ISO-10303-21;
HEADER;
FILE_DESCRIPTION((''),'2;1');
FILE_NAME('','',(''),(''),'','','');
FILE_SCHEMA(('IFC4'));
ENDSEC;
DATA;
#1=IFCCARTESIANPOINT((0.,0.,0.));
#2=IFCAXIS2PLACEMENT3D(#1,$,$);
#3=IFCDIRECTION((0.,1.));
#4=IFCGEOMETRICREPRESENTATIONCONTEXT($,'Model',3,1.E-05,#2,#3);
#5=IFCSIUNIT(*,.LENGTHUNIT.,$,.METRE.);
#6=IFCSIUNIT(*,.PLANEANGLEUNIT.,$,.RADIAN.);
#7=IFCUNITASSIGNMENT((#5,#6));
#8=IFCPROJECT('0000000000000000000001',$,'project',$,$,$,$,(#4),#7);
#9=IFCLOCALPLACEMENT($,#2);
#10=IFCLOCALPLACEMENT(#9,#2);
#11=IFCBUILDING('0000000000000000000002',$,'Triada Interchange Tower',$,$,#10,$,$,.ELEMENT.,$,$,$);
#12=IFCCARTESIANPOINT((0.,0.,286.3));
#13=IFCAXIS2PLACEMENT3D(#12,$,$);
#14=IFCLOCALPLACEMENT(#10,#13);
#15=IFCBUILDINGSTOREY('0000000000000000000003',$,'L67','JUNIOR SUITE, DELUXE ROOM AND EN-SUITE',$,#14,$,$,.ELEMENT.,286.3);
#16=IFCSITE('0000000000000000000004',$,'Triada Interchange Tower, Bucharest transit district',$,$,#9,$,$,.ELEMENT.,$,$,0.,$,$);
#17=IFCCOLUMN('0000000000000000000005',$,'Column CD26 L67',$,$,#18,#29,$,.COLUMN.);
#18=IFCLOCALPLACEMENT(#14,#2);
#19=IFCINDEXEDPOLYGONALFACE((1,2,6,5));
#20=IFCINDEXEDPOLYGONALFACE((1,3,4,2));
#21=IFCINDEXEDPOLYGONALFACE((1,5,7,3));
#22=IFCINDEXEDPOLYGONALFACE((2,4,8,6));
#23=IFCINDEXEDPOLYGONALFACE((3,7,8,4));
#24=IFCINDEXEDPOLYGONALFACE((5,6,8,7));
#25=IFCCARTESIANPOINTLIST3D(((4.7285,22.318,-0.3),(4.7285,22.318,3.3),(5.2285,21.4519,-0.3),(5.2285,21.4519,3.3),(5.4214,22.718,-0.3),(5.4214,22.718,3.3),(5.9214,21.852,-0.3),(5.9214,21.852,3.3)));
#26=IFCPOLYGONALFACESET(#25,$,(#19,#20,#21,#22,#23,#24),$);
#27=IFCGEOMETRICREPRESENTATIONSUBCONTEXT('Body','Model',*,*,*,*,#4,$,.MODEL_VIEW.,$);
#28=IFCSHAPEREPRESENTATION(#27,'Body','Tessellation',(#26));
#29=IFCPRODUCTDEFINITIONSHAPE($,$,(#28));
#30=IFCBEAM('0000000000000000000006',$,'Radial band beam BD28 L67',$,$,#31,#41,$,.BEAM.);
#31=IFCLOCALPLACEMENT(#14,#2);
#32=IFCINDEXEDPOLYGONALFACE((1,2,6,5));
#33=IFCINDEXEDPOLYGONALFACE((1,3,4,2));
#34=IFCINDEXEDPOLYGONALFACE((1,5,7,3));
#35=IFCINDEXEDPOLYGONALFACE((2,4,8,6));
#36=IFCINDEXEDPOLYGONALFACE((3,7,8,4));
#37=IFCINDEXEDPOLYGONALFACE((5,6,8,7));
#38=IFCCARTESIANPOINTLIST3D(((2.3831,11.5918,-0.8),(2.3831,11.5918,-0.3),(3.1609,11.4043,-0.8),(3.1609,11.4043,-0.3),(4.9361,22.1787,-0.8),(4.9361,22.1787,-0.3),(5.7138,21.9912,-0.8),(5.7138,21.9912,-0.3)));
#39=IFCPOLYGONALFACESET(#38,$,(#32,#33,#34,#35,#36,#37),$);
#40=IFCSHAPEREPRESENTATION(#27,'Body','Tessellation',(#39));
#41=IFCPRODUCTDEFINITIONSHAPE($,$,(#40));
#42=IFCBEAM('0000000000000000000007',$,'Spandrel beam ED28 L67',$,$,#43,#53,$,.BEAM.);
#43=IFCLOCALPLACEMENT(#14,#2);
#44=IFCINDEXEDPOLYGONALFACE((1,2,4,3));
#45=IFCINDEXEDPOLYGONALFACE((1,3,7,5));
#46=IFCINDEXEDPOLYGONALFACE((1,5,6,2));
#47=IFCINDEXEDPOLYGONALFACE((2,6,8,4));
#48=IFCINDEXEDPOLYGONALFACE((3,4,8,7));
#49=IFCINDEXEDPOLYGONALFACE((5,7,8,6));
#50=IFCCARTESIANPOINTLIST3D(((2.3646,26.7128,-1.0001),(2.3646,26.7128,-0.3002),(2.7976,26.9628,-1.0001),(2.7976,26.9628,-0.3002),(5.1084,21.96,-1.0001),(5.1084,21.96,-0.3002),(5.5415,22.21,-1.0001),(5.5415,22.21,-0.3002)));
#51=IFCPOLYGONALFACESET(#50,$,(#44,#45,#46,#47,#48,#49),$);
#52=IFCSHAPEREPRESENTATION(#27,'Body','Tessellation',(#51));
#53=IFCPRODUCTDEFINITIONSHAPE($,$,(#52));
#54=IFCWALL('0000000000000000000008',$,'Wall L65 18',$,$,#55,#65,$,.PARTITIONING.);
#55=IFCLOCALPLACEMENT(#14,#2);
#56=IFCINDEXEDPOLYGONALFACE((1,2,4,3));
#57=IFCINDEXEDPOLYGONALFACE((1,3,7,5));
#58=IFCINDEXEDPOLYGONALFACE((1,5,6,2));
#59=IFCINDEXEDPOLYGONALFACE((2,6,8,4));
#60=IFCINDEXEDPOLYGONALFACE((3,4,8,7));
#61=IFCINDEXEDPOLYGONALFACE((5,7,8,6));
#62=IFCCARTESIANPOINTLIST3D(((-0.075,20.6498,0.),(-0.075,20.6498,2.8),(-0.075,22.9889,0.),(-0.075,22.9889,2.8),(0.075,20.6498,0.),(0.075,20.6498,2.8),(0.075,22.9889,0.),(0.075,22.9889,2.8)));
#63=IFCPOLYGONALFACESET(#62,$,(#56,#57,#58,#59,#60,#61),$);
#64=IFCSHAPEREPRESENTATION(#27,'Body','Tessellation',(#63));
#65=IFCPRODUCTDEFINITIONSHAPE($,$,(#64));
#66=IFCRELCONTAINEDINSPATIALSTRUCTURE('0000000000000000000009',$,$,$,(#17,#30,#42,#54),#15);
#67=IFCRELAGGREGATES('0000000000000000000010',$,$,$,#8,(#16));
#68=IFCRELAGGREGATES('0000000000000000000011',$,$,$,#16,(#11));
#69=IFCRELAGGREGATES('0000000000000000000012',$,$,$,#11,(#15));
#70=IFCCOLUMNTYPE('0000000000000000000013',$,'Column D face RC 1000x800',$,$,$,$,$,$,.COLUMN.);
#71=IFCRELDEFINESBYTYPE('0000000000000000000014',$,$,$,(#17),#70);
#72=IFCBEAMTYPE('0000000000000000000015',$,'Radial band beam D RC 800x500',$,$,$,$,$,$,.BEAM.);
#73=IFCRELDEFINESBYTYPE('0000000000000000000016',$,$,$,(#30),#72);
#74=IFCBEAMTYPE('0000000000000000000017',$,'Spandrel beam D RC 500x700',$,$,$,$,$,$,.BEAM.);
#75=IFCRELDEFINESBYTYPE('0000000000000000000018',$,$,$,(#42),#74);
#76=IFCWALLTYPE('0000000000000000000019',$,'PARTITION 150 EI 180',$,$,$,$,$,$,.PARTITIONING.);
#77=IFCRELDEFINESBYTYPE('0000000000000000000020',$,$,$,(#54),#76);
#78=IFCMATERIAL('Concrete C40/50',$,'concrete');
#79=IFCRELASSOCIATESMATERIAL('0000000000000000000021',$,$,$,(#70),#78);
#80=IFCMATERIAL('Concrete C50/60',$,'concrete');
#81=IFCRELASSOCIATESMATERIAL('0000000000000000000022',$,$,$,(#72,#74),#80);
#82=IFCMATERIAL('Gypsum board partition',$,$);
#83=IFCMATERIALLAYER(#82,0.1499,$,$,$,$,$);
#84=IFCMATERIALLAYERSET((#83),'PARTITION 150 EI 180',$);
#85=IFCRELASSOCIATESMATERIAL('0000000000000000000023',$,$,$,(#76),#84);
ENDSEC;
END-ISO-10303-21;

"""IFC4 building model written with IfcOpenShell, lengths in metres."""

from ifc_helpers import new_model, si_unit, direction, frame, frame_2d, origin, origin_2d, place, context, subcontext, project, spatial, rectangle, extrude, material, layer, layer_set, material_profile, profile_set, type_object, element, save


model = new_model("IFC4")

# Units and contexts
model_context = context("Model", 3, precision=1e-05, world=origin(), true_north=direction((0.0, 1.0)))
body_context = subcontext(model_context, "Body", "Model", "MODEL_VIEW")
ifc_project = project(units=[si_unit("LENGTHUNIT", "METRE"), si_unit("PLANEANGLEUNIT", "RADIAN")], contexts=[model_context])

# Site, building, storey
site_placement = place(None, origin())
site = spatial("IfcSite", under=ifc_project, at=site_placement, Name="Triada Interchange Tower, Bucharest transit district", CompositionType="ELEMENT", RefElevation=0.0)
building_placement = place(site_placement, origin())
building = spatial("IfcBuilding", under=site, at=building_placement, Name="Triada Interchange Tower", CompositionType="ELEMENT")
storey_placement = place(building_placement, frame((0.0, 0.0, 286.3)))
storey = spatial("IfcBuildingStorey", under=building, at=storey_placement, Name="L67", Description="JUNIOR SUITE, DELUXE ROOM AND EN-SUITE", CompositionType="ELEMENT", Elevation=286.3)

# Column
ifc_material_1 = material(Name="Concrete C40/50", Category="concrete")
ifc_material_profile_1 = material_profile(ifc_material_1, rectangle(XDim=1.0, YDim=0.8, at=origin_2d()), Name="RC 1000x800")
ifc_profile_set_1 = profile_set([ifc_material_profile_1], Name="Concrete C40/50")
column_type = type_object("IfcColumnType", Name="Column D face RC 1000x800", PredefinedType="COLUMN", material=ifc_profile_set_1)
column_placement = place(storey_placement, frame((5.325, 22.085, -0.3), z_axis=(0.0, 0.0, 1.0), x_axis=(-0.5, 0.866025, 0.0)))
element("IfcColumn", 1, at=column_placement, inside=storey, type_object=column_type, Name="Column CD26 L67", PredefinedType="COLUMN", context=body_context, shape_type="SweptSolid", body=[
    extrude(rectangle(XDim=1.0, YDim=0.8, at=origin_2d()), origin(), (0.0, 0.0, 1.0), 3.6001),
])

# Beams
ifc_material_2 = material(Name="Concrete C50/60", Category="concrete")
ifc_material_profile_2 = material_profile(ifc_material_2, rectangle(XDim=0.8, YDim=0.5, at=origin_2d()), Name="RC 800x500")
ifc_profile_set_2 = profile_set([ifc_material_profile_2], Name="Concrete C50/60")
beam_type_1 = type_object("IfcBeamType", Name="Radial band beam D RC 800x500", PredefinedType="BEAM", material=ifc_profile_set_2)
beam_1_placement = place(storey_placement, frame((5.325, 22.085, -0.55), z_axis=(-0.234425, -0.972134, 0.0), x_axis=(0.972134, -0.234425, 0.0)))
element("IfcBeam", 2, at=beam_1_placement, inside=storey, type_object=beam_type_1, Name="Radial band beam BD28 L67", PredefinedType="BEAM", context=body_context, shape_type="SweptSolid", body=[
    extrude(rectangle(XDim=0.8, YDim=0.5, at=origin_2d()), origin(), (0.0, 0.0, 1.0), 10.8904),
])
ifc_material_profile_3 = material_profile(ifc_material_2, rectangle(XDim=0.5, YDim=0.7, at=origin_2d()), Name="RC 500x700")
ifc_profile_set_3 = profile_set([ifc_material_profile_3], Name="Concrete C50/60")
beam_type_2 = type_object("IfcBeamType", Name="Spandrel beam D RC 500x700", PredefinedType="BEAM", material=ifc_profile_set_3)
beam_2_placement = place(storey_placement, frame((5.325, 22.085, -0.6501), z_axis=(-0.499971, 0.866042, 0.0), x_axis=(-0.866042, -0.499971, 0.0)))
element("IfcBeam", 3, at=beam_2_placement, inside=storey, type_object=beam_type_2, Name="Spandrel beam ED28 L67", PredefinedType="BEAM", context=body_context, shape_type="SweptSolid", body=[
    extrude(rectangle(XDim=0.5, YDim=0.7, at=origin_2d()), origin(), (0.0, 0.0, 1.0), 5.488),
])

# Wall
ifc_material_3 = material(Name="Gypsum board partition")
ifc_layer_1 = layer(ifc_material_3, 0.1499)
ifc_layer_set_1 = layer_set([ifc_layer_1], Name="PARTITION 150 EI 180")
wall_type_1 = type_object("IfcWallType", Name="PARTITION 150 EI 180", PredefinedType="PARTITIONING", material=ifc_layer_set_1)
wall_1_placement = place(storey_placement, frame((0.0, 20.6499, 0.0), z_axis=(0.0, 0.0, 1.0), x_axis=(0.0, 1.0, 0.0)))
element("IfcWall", 4, at=wall_1_placement, inside=storey, type_object=wall_type_1, Name="Wall L65 18", PredefinedType="PARTITIONING", context=body_context, shape_type="SweptSolid", body=[
    extrude(rectangle(XDim=2.3391, YDim=0.1499, at=frame_2d((1.1694, 0.0))), origin(), (0.0, 0.0, 1.0), 2.8),
])

save(model, "model.ifc")
